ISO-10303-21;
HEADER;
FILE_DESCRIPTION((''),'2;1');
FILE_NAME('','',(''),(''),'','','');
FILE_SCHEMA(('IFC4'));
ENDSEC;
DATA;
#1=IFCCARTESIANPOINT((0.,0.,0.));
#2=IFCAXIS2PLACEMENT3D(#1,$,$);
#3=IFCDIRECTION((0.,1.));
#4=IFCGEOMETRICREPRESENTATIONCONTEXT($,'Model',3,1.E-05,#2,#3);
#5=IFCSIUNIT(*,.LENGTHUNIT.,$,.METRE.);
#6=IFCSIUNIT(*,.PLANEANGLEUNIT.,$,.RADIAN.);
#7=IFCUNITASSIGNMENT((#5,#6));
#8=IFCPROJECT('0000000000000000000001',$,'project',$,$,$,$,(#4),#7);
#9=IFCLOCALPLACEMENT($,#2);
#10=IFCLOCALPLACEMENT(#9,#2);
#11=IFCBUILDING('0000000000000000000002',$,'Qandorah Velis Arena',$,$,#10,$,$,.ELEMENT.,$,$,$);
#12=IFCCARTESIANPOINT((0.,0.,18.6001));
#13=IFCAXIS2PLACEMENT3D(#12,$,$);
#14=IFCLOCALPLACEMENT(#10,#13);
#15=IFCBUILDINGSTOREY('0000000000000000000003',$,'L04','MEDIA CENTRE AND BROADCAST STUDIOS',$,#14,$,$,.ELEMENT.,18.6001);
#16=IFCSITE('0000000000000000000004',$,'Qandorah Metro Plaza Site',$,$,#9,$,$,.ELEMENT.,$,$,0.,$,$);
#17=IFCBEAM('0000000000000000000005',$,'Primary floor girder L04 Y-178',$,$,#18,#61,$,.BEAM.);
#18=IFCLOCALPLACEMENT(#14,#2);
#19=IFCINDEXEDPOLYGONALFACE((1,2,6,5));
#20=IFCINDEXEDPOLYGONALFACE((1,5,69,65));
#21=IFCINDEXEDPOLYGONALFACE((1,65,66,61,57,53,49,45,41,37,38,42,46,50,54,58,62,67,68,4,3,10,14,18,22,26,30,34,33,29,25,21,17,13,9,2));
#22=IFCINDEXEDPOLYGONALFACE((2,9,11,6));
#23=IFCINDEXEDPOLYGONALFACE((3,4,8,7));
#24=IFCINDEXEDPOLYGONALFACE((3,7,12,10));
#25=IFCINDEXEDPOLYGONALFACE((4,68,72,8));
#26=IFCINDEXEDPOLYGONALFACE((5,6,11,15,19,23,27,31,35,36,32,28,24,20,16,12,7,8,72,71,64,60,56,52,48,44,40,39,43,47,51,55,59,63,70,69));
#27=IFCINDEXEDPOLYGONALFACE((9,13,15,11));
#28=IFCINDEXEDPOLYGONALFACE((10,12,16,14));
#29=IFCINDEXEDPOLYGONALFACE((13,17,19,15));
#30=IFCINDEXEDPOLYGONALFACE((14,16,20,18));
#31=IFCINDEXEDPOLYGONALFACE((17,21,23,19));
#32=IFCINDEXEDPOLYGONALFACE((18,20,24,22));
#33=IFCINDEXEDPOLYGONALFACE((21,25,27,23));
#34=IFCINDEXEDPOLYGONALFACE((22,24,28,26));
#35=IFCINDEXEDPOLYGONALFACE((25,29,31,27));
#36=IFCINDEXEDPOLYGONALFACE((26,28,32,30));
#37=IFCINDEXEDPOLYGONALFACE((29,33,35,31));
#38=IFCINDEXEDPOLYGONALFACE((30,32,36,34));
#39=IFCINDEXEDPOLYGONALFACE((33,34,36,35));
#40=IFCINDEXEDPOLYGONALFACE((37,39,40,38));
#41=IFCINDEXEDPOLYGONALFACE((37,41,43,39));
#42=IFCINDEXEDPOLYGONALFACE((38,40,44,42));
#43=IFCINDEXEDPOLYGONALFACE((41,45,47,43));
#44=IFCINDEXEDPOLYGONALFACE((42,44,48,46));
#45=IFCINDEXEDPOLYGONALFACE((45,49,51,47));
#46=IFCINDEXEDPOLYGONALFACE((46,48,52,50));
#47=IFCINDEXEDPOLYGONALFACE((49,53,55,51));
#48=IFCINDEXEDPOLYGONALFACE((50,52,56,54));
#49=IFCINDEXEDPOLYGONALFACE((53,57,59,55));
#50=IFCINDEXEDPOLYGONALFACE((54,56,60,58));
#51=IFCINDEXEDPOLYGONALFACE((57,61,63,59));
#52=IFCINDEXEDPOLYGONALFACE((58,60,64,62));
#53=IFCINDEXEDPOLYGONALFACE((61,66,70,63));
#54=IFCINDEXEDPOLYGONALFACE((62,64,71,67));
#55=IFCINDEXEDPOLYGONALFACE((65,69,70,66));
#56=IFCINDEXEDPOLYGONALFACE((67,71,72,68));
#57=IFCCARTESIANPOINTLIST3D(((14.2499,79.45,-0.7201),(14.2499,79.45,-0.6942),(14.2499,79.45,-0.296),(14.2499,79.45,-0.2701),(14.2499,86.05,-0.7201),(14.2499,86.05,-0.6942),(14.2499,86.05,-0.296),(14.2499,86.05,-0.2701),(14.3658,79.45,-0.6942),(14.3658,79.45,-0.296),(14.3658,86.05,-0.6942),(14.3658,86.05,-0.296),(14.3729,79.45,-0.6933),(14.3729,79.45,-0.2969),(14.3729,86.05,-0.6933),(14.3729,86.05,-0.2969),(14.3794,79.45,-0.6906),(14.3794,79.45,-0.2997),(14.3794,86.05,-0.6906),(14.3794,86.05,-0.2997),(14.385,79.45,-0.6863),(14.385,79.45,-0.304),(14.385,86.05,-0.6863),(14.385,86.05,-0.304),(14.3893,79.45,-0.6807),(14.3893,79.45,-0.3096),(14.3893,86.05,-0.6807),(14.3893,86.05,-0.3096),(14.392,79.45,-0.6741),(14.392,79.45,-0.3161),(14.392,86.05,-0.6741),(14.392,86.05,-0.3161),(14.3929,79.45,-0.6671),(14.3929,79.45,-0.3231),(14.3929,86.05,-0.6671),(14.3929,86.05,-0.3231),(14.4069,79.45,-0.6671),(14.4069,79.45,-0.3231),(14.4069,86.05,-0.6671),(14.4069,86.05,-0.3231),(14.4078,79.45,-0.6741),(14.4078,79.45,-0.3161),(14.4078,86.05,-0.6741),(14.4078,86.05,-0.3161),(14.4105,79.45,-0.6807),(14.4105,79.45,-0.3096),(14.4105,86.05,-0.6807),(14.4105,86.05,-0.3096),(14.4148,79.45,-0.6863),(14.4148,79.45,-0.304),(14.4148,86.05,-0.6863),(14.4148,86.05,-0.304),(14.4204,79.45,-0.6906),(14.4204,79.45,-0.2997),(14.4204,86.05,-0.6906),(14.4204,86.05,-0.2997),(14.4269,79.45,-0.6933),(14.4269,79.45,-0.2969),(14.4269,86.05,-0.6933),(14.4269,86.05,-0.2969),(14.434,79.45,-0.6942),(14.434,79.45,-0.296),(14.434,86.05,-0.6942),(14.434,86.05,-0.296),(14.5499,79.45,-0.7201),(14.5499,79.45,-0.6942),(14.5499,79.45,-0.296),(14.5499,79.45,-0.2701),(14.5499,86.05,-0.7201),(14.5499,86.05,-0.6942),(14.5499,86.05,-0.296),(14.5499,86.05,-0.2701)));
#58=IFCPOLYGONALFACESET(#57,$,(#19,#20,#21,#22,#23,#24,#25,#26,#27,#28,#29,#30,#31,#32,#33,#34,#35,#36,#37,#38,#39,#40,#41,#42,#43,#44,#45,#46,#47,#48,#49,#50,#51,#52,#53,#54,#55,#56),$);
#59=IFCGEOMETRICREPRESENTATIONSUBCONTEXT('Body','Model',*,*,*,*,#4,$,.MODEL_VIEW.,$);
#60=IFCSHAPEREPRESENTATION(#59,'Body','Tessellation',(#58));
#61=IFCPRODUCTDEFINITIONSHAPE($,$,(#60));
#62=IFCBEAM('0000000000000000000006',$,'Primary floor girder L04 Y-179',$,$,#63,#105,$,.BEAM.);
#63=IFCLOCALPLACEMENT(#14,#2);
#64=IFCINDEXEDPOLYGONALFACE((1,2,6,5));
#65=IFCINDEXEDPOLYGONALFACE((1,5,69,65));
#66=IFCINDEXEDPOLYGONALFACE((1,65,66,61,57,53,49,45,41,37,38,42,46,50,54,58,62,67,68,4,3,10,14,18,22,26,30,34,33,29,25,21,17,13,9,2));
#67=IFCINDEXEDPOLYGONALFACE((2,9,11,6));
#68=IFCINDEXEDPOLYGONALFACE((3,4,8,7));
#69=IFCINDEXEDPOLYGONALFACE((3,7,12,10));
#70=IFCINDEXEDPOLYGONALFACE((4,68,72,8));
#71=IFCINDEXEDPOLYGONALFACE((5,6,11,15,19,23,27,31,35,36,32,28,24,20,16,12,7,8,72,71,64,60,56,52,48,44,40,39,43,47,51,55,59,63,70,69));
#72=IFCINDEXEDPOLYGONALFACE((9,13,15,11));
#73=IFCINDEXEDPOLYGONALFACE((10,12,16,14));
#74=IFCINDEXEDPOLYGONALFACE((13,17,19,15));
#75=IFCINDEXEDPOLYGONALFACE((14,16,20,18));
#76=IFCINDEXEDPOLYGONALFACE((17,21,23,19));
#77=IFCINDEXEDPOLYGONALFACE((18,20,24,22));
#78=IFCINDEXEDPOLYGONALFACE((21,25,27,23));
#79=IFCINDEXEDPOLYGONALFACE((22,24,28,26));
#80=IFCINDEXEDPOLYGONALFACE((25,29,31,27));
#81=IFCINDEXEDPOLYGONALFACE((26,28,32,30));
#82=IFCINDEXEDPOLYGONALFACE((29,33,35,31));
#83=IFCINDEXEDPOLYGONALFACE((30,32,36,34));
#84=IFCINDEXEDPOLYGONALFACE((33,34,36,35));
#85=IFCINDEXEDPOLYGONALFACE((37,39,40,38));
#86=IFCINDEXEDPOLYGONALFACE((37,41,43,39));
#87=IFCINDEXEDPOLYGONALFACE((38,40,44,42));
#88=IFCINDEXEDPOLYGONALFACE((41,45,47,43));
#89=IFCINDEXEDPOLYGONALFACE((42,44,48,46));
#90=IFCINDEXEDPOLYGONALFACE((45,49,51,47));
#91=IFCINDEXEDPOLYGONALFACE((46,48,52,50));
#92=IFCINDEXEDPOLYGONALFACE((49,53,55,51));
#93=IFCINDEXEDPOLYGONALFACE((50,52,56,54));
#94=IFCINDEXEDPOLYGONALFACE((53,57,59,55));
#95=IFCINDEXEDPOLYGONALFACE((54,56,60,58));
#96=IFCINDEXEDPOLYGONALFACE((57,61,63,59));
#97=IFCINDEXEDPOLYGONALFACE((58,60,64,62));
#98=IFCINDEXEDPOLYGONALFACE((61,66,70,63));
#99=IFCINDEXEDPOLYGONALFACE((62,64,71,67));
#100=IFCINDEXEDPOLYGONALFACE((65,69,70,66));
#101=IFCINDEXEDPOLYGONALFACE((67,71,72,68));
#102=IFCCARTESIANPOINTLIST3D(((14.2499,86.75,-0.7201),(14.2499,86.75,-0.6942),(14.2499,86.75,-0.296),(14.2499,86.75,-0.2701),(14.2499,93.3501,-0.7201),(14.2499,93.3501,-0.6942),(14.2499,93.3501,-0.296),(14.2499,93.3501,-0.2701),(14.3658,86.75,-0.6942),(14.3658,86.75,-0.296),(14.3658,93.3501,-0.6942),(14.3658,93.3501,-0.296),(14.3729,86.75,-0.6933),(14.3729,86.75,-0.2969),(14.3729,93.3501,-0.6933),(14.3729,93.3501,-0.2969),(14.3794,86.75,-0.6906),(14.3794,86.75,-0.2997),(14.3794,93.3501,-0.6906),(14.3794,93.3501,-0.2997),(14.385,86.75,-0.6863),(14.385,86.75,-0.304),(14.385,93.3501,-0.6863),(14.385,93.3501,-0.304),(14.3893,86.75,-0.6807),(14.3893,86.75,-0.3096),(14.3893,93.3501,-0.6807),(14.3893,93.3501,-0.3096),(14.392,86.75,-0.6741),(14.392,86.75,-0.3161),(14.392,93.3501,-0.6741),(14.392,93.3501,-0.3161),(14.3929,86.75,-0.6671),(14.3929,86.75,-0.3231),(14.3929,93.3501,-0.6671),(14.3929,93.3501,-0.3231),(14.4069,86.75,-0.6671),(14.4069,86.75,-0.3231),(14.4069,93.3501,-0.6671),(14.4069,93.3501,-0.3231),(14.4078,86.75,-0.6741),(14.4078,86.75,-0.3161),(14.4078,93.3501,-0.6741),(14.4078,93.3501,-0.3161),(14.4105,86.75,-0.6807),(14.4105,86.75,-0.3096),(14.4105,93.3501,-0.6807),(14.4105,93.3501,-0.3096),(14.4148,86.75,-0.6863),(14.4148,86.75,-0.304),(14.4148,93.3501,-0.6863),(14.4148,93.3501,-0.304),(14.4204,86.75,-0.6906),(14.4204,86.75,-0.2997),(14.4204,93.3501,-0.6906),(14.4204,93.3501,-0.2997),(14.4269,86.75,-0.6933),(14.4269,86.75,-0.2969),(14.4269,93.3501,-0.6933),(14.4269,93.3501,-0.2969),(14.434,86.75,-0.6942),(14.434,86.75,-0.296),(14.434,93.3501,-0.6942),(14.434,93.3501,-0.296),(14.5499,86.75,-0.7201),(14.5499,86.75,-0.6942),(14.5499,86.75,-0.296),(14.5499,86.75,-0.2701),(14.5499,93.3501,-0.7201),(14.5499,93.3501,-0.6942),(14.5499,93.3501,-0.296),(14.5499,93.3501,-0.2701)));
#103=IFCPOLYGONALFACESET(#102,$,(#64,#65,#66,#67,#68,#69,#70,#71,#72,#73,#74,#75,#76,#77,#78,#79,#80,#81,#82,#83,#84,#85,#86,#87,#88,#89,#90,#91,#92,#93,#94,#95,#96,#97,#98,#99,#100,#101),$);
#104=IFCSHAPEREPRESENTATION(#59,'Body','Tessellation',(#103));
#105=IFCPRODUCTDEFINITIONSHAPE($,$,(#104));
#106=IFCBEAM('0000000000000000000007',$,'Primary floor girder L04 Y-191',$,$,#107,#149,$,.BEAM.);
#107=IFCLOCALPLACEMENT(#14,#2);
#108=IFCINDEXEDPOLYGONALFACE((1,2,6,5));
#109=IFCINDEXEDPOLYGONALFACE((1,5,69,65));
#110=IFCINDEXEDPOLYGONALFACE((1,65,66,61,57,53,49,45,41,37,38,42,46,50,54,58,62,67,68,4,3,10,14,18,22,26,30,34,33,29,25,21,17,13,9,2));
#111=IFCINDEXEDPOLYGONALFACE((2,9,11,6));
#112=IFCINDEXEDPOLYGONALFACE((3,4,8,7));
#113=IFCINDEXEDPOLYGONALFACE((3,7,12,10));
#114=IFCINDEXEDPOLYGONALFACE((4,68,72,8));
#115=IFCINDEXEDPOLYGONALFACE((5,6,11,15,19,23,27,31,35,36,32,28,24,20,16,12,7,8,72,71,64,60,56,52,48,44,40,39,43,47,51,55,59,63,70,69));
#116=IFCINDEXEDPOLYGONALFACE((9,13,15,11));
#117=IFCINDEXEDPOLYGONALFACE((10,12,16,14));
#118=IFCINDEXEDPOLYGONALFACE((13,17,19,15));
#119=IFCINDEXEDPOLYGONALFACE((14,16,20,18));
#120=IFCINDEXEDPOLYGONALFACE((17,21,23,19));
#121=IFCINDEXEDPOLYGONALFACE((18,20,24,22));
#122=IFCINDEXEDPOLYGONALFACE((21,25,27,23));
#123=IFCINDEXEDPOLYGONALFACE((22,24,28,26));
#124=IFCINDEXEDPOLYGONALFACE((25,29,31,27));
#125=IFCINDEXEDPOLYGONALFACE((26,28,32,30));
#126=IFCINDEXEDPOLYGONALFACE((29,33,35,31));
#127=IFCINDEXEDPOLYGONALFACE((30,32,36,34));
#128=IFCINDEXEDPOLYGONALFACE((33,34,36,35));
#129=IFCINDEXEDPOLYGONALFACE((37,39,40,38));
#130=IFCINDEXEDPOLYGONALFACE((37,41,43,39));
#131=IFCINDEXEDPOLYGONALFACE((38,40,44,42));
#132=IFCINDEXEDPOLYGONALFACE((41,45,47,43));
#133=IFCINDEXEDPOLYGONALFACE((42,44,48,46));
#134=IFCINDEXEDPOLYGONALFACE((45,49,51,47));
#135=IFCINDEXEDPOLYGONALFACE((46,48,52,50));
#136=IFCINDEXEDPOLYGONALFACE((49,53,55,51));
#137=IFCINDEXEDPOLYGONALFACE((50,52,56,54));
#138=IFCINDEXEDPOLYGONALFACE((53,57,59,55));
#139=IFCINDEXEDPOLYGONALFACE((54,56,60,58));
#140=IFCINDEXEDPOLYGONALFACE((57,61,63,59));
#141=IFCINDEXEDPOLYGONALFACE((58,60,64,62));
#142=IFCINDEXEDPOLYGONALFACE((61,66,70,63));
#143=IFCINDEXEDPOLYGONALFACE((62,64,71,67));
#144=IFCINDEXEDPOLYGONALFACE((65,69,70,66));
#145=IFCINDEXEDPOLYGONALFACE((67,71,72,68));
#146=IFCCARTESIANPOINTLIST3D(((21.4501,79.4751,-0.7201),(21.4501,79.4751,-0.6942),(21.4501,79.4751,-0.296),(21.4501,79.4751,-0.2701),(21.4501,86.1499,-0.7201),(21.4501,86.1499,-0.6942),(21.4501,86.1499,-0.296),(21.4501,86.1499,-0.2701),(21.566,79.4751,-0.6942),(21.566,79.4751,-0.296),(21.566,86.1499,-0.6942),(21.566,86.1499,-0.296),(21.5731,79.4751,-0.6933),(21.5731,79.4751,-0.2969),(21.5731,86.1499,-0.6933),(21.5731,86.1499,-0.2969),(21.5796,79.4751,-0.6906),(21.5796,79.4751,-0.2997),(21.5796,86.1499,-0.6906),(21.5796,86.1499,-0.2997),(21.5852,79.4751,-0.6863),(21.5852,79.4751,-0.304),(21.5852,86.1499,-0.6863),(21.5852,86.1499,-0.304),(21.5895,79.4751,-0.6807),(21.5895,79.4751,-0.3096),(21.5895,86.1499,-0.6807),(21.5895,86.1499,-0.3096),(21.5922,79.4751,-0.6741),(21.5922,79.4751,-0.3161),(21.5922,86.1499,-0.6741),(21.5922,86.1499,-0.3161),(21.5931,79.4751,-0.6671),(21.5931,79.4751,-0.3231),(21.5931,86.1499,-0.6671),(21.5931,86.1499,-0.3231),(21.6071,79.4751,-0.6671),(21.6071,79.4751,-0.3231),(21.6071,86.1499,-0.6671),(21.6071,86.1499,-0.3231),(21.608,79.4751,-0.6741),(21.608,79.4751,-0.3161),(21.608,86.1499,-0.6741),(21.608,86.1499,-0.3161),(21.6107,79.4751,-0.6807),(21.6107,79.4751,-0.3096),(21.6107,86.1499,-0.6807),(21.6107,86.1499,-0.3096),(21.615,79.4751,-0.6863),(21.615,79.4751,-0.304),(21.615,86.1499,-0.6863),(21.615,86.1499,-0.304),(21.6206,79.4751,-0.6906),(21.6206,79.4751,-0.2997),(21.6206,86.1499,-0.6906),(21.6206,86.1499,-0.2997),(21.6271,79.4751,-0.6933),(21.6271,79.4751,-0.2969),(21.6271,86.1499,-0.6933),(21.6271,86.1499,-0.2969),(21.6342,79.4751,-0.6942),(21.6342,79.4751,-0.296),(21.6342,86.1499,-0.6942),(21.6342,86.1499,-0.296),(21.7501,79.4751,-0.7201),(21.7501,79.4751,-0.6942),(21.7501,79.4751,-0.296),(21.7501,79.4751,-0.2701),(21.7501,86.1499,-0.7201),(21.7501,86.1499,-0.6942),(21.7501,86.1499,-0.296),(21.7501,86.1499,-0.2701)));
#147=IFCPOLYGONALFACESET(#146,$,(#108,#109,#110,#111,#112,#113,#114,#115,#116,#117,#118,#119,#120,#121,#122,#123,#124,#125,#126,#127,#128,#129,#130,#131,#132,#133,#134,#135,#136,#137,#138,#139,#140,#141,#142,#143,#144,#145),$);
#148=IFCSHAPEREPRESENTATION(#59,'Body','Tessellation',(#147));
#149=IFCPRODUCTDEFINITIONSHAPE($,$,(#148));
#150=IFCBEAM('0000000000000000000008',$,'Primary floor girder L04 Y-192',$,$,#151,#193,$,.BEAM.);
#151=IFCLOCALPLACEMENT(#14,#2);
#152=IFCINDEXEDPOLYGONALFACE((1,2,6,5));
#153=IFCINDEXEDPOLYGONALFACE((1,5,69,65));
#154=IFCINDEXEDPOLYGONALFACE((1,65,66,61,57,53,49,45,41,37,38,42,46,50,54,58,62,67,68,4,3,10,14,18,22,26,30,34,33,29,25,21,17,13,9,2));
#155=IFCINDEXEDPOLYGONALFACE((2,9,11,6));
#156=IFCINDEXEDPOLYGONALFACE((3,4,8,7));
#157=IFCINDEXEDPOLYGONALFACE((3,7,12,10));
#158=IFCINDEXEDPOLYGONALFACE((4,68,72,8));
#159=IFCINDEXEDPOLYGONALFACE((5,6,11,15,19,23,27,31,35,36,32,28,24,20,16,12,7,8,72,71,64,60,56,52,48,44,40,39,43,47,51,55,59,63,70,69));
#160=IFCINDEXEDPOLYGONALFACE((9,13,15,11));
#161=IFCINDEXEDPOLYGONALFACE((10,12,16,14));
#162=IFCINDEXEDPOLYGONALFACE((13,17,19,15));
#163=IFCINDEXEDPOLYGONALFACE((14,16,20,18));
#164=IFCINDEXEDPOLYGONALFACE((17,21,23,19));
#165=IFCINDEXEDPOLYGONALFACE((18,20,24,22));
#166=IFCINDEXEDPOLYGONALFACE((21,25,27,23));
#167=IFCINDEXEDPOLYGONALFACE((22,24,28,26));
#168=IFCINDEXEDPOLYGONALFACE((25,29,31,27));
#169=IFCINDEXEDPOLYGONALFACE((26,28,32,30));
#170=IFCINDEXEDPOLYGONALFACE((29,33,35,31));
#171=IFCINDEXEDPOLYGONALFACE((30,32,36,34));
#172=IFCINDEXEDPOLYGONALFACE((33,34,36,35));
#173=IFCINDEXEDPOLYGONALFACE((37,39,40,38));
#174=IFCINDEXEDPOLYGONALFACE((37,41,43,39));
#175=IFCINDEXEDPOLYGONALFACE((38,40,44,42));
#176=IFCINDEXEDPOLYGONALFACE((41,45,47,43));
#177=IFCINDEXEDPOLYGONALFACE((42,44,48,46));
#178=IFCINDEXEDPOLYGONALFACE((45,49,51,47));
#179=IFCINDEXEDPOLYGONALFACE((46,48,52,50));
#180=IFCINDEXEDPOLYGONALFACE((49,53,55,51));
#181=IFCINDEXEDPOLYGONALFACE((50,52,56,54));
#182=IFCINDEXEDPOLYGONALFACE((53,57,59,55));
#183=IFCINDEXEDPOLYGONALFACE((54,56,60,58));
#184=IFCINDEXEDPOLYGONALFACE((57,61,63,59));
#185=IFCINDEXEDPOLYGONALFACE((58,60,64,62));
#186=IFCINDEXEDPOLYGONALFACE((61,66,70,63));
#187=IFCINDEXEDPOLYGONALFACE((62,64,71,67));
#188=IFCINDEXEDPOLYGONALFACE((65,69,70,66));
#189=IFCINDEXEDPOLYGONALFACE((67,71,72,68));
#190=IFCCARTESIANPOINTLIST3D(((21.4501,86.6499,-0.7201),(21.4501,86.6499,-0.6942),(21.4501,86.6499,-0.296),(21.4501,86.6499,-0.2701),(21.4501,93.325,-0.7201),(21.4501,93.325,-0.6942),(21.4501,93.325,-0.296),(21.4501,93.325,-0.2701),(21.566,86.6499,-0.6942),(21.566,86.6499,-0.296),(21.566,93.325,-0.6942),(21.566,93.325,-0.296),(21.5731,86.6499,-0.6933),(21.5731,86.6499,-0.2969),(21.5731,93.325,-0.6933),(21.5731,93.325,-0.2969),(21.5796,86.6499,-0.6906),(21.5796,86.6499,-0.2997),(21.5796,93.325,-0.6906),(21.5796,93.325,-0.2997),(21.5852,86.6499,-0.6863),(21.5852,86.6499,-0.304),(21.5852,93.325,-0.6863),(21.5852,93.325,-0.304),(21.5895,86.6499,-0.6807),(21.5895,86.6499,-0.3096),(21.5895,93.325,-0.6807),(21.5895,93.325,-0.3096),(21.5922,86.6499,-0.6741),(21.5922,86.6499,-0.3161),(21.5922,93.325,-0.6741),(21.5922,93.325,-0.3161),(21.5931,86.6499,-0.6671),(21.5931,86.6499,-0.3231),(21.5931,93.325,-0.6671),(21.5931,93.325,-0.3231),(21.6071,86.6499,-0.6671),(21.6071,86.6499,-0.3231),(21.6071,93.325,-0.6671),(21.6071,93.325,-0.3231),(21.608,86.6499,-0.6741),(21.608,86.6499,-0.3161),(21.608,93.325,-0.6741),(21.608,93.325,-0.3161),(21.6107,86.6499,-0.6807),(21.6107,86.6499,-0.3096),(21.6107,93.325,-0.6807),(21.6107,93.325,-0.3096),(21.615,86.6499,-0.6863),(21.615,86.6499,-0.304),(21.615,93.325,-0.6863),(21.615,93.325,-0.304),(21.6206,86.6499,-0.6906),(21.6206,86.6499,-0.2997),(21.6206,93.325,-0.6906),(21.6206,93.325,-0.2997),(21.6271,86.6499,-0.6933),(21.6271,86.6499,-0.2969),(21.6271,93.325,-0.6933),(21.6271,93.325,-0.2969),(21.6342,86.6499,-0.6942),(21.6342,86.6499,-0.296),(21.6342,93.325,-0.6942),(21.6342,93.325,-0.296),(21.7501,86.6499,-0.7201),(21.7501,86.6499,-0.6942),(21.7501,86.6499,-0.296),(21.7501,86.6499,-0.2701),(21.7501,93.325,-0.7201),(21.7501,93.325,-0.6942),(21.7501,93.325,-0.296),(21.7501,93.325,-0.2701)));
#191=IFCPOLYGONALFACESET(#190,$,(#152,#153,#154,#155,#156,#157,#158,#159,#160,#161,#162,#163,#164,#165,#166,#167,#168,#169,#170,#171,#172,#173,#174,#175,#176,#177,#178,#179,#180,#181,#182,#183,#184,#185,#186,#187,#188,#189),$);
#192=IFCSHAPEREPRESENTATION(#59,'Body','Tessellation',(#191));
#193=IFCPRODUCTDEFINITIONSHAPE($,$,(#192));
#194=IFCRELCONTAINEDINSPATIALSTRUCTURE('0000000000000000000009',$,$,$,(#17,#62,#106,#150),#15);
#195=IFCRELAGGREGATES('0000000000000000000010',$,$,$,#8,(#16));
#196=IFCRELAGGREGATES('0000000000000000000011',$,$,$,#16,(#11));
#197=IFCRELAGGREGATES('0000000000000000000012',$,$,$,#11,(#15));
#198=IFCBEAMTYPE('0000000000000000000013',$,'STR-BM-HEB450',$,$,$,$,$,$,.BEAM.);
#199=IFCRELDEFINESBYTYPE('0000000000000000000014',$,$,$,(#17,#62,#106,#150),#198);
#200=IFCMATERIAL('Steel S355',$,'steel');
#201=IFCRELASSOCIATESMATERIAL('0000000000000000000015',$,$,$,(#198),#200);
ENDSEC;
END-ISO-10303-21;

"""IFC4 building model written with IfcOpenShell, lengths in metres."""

from ifc_helpers import new_model, si_unit, direction, frame, origin, origin_2d, place, context, subcontext, project, spatial, i_section, extrude, material, material_profile, profile_set, type_object, element, save


model = new_model("IFC4")

# Units and contexts
model_context = context("Model", 3, precision=1e-05, world=origin(), true_north=direction((0.0, 1.0)))
body_context = subcontext(model_context, "Body", "Model", "MODEL_VIEW")
ifc_project = project(units=[si_unit("LENGTHUNIT", "METRE"), si_unit("PLANEANGLEUNIT", "RADIAN")], contexts=[model_context])

# Site, building, storey
site_placement = place(None, origin())
site = spatial("IfcSite", under=ifc_project, at=site_placement, Name="Qandorah Metro Plaza Site", CompositionType="ELEMENT", RefElevation=0.0)
building_placement = place(site_placement, origin())
building = spatial("IfcBuilding", under=site, at=building_placement, Name="Qandorah Velis Arena", CompositionType="ELEMENT")
storey_placement = place(building_placement, frame((0.0, 0.0, 18.6001)))
storey = spatial("IfcBuildingStorey", under=building, at=storey_placement, Name="L04", Description="MEDIA CENTRE AND BROADCAST STUDIOS", CompositionType="ELEMENT", Elevation=18.6001)

# Shared definitions
ifc_material_1 = material(Name="Steel S355", Category="steel")

# Beams
ifc_material_profile_1 = material_profile(ifc_material_1, i_section(OverallWidth=0.3, OverallDepth=0.45, WebThickness=0.0139, FlangeThickness=0.0259, FilletRadius=0.0271, at=origin_2d()), Name="HEB 450")
ifc_profile_set_1 = profile_set([ifc_material_profile_1], Name="Steel S355")
beam_type_1 = type_object("IfcBeamType", Name="STR-BM-HEB450", PredefinedType="BEAM", material=ifc_profile_set_1)
for number, where, z_axis, x_axis, name in (
    (1, (14.3999, 79.45, -0.4951), (0.0, 1.0, 0.0), (-1.0, 0.0, 0.0), "Primary floor girder L04 Y-178"),
    (2, (14.3999, 86.75, -0.4951), (0.0, 1.0, 0.0), (-1.0, 0.0, 0.0), "Primary floor girder L04 Y-179"),
):
    element("IfcBeam", number, at=place(storey_placement, frame(where, z_axis=z_axis, x_axis=x_axis)), inside=storey, type_object=beam_type_1, Name=name, PredefinedType="BEAM", context=body_context, shape_type="SweptSolid", body=[
        extrude(i_section(OverallWidth=0.3, OverallDepth=0.45, WebThickness=0.0139, FlangeThickness=0.0259, FilletRadius=0.0271, at=origin_2d()), origin(), (0.0, 0.0, 1.0), 6.6001),
    ])
beam_1_placement = place(storey_placement, frame((21.6001, 79.4751, -0.4951), z_axis=(0.0, 1.0, 0.0), x_axis=(-1.0, 0.0, 0.0)))
element("IfcBeam", 3, at=beam_1_placement, inside=storey, type_object=beam_type_1, Name="Primary floor girder L04 Y-191", PredefinedType="BEAM", context=body_context, shape_type="SweptSolid", body=[
    extrude(i_section(OverallWidth=0.3, OverallDepth=0.45, WebThickness=0.0139, FlangeThickness=0.0259, FilletRadius=0.0271, at=origin_2d()), origin(), (0.0, 0.0, 1.0), 6.6748),
])
beam_2_placement = place(storey_placement, frame((21.6001, 86.6499, -0.4951), z_axis=(0.0, 1.0, 0.0), x_axis=(-1.0, 0.0, 0.0)))
element("IfcBeam", 4, at=beam_2_placement, inside=storey, type_object=beam_type_1, Name="Primary floor girder L04 Y-192", PredefinedType="BEAM", context=body_context, shape_type="SweptSolid", body=[
    extrude(i_section(OverallWidth=0.3, OverallDepth=0.45, WebThickness=0.0139, FlangeThickness=0.0259, FilletRadius=0.0271, at=origin_2d()), origin(), (0.0, 0.0, 1.0), 6.675),
])

save(model, "model.ifc")
